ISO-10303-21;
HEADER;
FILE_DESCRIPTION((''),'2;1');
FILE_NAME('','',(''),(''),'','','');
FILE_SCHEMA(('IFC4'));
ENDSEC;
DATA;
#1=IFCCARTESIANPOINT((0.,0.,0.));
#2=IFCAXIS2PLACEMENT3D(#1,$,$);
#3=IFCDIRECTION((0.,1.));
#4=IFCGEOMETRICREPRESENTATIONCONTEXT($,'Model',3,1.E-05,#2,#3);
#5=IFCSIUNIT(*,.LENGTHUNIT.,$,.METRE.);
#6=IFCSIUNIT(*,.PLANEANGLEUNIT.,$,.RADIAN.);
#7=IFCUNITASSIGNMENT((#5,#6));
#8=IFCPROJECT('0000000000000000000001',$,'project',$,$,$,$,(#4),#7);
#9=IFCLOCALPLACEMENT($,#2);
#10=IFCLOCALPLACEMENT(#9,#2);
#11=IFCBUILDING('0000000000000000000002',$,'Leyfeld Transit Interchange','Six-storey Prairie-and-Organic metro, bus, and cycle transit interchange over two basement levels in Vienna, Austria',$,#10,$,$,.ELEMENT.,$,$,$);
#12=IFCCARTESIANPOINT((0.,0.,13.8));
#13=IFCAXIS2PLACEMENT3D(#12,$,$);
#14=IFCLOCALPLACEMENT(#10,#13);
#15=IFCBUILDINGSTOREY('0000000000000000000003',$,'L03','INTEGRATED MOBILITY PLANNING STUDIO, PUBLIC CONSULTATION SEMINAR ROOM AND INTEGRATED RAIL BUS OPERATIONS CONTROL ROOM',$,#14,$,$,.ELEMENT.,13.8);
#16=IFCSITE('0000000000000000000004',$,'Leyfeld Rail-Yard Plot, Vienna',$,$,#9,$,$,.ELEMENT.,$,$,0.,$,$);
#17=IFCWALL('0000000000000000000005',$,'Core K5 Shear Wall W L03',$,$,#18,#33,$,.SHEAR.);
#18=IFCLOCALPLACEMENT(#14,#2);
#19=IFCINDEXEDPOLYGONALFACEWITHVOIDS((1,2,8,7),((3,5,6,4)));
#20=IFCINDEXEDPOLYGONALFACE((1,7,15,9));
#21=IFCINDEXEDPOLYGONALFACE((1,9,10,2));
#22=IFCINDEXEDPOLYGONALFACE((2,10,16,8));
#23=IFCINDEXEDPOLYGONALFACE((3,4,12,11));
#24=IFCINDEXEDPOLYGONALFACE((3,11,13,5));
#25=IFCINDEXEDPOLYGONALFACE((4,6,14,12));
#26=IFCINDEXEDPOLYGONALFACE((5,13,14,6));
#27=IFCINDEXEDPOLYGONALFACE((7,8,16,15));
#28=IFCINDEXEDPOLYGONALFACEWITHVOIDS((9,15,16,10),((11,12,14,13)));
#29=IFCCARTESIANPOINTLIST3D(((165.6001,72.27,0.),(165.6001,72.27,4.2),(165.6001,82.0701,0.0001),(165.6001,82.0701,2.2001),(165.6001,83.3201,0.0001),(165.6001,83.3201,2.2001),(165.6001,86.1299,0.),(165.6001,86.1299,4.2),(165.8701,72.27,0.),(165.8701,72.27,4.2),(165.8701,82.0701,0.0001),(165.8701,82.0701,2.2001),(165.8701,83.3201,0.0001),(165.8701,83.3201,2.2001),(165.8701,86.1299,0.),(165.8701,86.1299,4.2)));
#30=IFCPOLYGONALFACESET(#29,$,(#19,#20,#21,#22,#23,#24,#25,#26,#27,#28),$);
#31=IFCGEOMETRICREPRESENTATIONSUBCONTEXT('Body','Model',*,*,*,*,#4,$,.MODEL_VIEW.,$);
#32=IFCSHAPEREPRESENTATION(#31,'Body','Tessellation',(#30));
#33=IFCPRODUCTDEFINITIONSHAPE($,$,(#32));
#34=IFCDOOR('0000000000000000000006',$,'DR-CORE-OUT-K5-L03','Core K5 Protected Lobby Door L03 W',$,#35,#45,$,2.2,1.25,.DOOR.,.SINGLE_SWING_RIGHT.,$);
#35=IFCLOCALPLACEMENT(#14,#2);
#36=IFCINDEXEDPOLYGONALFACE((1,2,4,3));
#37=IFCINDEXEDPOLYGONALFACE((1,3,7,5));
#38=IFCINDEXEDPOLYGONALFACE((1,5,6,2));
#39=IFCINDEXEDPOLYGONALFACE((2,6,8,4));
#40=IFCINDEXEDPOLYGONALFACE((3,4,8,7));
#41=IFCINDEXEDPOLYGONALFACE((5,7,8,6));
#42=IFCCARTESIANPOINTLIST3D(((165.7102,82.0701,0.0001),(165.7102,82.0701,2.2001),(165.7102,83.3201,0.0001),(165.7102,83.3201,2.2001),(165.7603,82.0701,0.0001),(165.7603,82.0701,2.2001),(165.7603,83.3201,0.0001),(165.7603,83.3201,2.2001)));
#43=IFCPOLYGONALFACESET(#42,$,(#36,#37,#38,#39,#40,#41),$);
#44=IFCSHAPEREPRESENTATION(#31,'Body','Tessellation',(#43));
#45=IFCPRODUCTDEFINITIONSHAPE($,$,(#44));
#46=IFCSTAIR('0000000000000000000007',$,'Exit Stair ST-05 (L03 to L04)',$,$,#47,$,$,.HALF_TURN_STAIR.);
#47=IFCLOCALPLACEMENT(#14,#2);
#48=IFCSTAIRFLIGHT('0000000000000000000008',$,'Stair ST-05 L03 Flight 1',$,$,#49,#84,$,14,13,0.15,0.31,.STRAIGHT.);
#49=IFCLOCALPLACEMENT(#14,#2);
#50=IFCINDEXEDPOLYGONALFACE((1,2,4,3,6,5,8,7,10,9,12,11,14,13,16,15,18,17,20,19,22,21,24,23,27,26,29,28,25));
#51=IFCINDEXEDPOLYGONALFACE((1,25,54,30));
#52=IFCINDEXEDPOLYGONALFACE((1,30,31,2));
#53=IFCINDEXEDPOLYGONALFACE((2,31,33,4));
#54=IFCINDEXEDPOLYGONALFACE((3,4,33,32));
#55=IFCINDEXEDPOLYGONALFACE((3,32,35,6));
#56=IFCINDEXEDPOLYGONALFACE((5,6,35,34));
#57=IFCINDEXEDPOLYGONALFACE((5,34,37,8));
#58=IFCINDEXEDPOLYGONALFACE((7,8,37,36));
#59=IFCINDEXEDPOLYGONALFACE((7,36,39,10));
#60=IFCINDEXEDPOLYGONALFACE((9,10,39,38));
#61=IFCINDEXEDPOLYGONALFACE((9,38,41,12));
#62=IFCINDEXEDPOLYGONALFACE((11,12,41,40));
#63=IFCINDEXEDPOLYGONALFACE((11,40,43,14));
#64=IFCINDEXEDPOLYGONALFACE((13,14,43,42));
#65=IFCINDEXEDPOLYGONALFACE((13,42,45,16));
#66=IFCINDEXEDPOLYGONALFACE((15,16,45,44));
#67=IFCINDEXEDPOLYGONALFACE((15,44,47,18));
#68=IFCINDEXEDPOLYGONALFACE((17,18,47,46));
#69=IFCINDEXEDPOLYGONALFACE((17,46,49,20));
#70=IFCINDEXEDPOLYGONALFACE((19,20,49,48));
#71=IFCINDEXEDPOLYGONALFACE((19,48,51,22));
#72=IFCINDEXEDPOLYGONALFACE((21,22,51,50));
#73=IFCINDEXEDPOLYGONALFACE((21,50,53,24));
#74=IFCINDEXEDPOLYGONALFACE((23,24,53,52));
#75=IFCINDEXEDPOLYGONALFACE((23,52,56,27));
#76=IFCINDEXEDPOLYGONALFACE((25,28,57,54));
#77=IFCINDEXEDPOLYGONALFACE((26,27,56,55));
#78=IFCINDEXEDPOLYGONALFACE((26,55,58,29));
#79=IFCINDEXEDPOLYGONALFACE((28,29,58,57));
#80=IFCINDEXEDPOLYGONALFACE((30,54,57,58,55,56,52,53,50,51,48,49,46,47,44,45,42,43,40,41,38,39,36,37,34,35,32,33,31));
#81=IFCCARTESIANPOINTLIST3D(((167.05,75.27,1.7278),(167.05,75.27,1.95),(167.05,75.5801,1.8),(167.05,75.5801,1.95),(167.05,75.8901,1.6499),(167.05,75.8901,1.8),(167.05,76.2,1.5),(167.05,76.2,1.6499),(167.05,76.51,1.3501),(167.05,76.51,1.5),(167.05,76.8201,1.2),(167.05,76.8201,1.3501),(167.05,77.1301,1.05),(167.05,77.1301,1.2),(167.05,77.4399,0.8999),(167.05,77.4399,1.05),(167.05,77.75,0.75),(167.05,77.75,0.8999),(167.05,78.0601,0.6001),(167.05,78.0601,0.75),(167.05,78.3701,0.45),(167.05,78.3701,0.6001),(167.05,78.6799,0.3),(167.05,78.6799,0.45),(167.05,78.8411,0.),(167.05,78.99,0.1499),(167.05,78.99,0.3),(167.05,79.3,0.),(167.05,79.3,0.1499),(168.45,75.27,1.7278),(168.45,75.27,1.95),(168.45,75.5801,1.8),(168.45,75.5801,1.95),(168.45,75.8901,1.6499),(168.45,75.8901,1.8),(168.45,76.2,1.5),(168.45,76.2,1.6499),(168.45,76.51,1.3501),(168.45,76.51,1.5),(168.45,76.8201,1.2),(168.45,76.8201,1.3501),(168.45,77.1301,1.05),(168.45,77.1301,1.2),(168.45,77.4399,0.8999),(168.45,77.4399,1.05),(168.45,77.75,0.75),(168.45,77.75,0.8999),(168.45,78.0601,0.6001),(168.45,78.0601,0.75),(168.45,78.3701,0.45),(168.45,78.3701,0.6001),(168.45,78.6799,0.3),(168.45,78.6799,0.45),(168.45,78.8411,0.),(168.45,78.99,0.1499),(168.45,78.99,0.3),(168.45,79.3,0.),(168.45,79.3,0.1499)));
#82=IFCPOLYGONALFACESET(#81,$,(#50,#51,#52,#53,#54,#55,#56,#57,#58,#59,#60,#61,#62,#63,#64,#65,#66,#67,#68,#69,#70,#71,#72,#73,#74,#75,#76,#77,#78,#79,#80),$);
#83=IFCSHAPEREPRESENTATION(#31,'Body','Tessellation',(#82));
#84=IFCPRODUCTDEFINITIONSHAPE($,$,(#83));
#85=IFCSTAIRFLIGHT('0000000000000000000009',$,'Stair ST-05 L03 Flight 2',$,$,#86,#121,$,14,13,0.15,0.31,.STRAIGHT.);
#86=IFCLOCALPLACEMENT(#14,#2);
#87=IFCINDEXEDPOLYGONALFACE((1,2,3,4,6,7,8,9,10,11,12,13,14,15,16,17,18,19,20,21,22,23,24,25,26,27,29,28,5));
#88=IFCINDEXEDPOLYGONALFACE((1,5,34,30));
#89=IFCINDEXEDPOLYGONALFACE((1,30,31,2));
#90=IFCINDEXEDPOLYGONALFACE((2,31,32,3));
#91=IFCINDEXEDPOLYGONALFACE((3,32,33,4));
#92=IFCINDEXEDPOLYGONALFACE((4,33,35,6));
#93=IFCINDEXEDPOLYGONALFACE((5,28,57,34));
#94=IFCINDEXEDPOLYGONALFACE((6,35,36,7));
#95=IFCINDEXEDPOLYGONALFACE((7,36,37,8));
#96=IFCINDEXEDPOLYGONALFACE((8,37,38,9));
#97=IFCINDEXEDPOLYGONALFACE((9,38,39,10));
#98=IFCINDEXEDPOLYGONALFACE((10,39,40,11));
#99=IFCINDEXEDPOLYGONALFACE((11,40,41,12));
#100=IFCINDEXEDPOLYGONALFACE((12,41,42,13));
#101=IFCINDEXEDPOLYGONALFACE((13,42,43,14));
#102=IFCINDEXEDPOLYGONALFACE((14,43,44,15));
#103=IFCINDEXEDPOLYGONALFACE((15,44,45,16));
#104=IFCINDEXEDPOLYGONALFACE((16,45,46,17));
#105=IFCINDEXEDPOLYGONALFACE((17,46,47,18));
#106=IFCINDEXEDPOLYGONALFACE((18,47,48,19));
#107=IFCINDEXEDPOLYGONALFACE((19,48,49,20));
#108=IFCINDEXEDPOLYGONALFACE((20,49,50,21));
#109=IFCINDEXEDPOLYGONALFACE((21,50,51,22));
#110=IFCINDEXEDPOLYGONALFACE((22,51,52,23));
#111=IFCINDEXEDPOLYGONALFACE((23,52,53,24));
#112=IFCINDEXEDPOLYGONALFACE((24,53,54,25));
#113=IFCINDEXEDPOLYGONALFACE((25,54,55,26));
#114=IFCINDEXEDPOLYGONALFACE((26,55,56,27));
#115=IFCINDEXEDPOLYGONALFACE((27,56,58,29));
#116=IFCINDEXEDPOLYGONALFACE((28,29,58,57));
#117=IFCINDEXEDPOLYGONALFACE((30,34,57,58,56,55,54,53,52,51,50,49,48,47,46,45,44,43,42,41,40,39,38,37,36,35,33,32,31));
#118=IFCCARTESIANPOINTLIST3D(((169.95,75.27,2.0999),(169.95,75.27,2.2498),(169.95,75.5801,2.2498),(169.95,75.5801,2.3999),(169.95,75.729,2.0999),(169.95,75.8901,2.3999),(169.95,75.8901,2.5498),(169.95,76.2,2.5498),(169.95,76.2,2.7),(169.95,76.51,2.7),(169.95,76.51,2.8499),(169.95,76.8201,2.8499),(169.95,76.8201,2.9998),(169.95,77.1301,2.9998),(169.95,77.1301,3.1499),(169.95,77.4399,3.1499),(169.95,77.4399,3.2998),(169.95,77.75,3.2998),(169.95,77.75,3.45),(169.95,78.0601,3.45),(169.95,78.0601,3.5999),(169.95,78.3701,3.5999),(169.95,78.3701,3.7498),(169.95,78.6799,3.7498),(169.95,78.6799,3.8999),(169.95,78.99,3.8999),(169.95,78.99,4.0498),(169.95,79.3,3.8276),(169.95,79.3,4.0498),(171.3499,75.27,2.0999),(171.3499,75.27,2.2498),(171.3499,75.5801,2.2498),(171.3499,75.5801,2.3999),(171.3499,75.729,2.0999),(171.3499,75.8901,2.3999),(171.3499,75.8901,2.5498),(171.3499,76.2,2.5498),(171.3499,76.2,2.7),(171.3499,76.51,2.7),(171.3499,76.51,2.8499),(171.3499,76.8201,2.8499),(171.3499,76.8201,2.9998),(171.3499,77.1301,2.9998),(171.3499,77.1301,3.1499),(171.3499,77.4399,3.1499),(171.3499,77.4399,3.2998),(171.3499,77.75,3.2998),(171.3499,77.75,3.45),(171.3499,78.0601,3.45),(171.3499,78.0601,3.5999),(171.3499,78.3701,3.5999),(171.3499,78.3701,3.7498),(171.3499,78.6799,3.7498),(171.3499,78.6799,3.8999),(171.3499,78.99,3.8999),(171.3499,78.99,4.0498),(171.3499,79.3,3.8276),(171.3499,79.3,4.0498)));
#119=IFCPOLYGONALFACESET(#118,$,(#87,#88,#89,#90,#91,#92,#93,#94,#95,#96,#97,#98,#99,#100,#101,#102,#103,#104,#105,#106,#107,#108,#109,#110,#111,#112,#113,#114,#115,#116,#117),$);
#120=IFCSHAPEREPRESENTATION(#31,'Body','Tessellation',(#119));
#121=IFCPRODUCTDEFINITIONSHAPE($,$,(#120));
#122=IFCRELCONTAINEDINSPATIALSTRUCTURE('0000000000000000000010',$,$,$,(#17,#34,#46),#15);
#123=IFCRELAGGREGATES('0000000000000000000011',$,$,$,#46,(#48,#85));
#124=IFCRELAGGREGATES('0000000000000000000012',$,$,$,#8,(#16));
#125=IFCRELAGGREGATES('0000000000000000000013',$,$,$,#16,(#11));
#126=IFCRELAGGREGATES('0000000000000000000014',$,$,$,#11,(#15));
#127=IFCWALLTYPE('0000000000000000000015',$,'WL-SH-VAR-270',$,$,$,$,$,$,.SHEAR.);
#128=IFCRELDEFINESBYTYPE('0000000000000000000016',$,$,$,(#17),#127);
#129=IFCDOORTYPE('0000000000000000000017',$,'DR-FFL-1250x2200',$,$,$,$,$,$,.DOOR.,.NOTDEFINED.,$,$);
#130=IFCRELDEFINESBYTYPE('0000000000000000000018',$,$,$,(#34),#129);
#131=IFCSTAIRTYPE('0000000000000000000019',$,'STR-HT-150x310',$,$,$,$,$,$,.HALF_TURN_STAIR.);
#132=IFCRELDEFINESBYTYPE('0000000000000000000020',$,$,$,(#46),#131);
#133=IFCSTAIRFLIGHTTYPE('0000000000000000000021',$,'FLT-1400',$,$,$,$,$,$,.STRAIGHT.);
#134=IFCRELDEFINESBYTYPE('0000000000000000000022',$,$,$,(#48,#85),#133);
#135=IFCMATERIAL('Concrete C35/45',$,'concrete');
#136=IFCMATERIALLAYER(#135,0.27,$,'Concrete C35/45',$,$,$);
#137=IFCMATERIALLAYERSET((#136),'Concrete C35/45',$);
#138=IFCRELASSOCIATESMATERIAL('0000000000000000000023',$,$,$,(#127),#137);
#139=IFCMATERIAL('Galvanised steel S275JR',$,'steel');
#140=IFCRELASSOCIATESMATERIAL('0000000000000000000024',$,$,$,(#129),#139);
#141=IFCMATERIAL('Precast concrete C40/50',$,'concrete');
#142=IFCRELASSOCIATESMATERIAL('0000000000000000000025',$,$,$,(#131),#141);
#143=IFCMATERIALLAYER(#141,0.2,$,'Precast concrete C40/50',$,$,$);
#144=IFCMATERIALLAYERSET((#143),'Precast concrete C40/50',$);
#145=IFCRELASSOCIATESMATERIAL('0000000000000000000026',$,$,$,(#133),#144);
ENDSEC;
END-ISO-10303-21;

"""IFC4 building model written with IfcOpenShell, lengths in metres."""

from ifc_helpers import new_model, si_unit, direction, frame, frame_2d, origin, place, context, subcontext, project, spatial, polyline, rectangle, outline, extrude, material, layer, layer_set, type_object, element, fill, aggregate, save


model = new_model("IFC4")

# Units and contexts
model_context = context("Model", 3, precision=1e-05, world=origin(), true_north=direction((0.0, 1.0)))
body_context = subcontext(model_context, "Body", "Model", "MODEL_VIEW")
ifc_project = project(units=[si_unit("LENGTHUNIT", "METRE"), si_unit("PLANEANGLEUNIT", "RADIAN")], contexts=[model_context])

# Site, building, storey
site_placement = place(None, origin())
site = spatial("IfcSite", under=ifc_project, at=site_placement, Name="Leyfeld Rail-Yard Plot, Vienna", CompositionType="ELEMENT", RefElevation=0.0)
building_placement = place(site_placement, origin())
building = spatial("IfcBuilding", under=site, at=building_placement, Name="Leyfeld Transit Interchange", Description="Six-storey Prairie-and-Organic metro, bus, and cycle transit interchange over two basement levels in Vienna, Austria", CompositionType="ELEMENT")
storey_placement = place(building_placement, frame((0.0, 0.0, 13.8)))
storey = spatial("IfcBuildingStorey", under=building, at=storey_placement, Name="L03", Description="INTEGRATED MOBILITY PLANNING STUDIO, PUBLIC CONSULTATION SEMINAR ROOM AND INTEGRATED RAIL BUS OPERATIONS CONTROL ROOM", CompositionType="ELEMENT", Elevation=13.8)

# Shared definitions
ifc_material_1 = material(Name="Concrete C35/45", Category="concrete")

# Shared definitions
ifc_material_2 = material(Name="Galvanised steel S275JR", Category="steel")

# Shared definitions
ifc_layer_1 = layer(ifc_material_1, 0.27, Name="Concrete C35/45")
ifc_layer_set_1 = layer_set([ifc_layer_1], Name="Concrete C35/45")
wall_type_1 = type_object("IfcWallType", Name="WL-SH-VAR-270", PredefinedType="SHEAR", material=ifc_layer_set_1)

# Wall, opening, door
wall_1_placement = place(storey_placement, frame((165.7351, 72.27, 0.0), z_axis=(0.0, 0.0, 1.0), x_axis=(0.0, 1.0, 0.0)))
wall_1 = element("IfcWall", 1, at=wall_1_placement, inside=storey, type_object=wall_type_1, Name="Core K5 Shear Wall W L03", PredefinedType="SHEAR", context=body_context, shape_type="SweptSolid", body=[
    extrude(rectangle(XDim=13.8599, YDim=0.27, at=frame_2d((6.9299, 0.0))), origin(), (0.0, 0.0, 1.0), 4.2),
])
opening_1_placement = place(wall_1_placement, frame((9.8, 0.0, 0.0)))
opening_1 = element("IfcOpeningElement", 2, at=opening_1_placement, cuts=wall_1, PredefinedType="OPENING", context=body_context, shape_type="SweptSolid", body=[
    extrude(rectangle(XDim=1.25, YDim=2.2, at=frame_2d((0.625, 1.1001))), frame((0.0, 0.145, 0.0), z_axis=(0.0, -1.0, 0.0), x_axis=(1.0, 0.0, 0.0)), (0.0, 0.0, 1.0), 0.29),
])
door_type_1 = type_object("IfcDoorType", Name="DR-FFL-1250x2200", OperationType="NOTDEFINED", PredefinedType="DOOR", material=ifc_material_2)
door_1_placement = place(opening_1_placement, origin())
door_1 = element("IfcDoor", 3, at=door_1_placement, inside=storey, type_object=door_type_1, Name="DR-CORE-OUT-K5-L03", Description="Core K5 Protected Lobby Door L03 W", OperationType="SINGLE_SWING_RIGHT", OverallHeight=2.2, OverallWidth=1.25, PredefinedType="DOOR", context=body_context, shape_type="SweptSolid", body=[
    extrude(rectangle(XDim=1.25, YDim=2.2, at=frame_2d((0.625, 1.1001))), frame((0.0, 0.0249, 0.0), z_axis=(0.0, -1.0, 0.0), x_axis=(1.0, 0.0, 0.0)), (0.0, 0.0, 1.0), 0.05),
])
fill(opening_1, door_1)

# Stair, stair flights
ifc_material_3 = material(Name="Precast concrete C40/50", Category="concrete")
stair_type = type_object("IfcStairType", Name="STR-HT-150x310", PredefinedType="HALF_TURN_STAIR", material=ifc_material_3)
stair_placement = place(storey_placement, origin())
stair = element("IfcStair", 4, at=stair_placement, inside=storey, type_object=stair_type, Name="Exit Stair ST-05 (L03 to L04)", PredefinedType="HALF_TURN_STAIR")
ifc_layer_2 = layer(ifc_material_3, 0.2, Name="Precast concrete C40/50")
ifc_layer_set_2 = layer_set([ifc_layer_2], Name="Precast concrete C40/50")
stair_flight_type = type_object("IfcStairFlightType", Name="FLT-1400", PredefinedType="STRAIGHT", material=ifc_layer_set_2)
stair_flight_1_placement = place(storey_placement, frame((167.75, 79.3, 0.0), z_axis=(0.0, 0.0, 1.0), x_axis=(0.0, -1.0, 0.0)))
stair_flight_1 = element("IfcStairFlight", 5, at=stair_flight_1_placement, type_object=stair_flight_type, Name="Stair ST-05 L03 Flight 1", NumberOfRisers=14, NumberOfTreads=13, PredefinedType="STRAIGHT", RiserHeight=0.15, TreadLength=0.31, context=body_context, shape_type="SweptSolid", body=[
    extrude(outline(polyline([(0.0, 0.0), (0.0, 0.1499), (0.3101, 0.1499), (0.3101, 0.3), (0.6201, 0.3), (0.6201, 0.45), (0.9299, 0.45), (0.9299, 0.6001), (1.24, 0.6001), (1.24, 0.75), (1.55, 0.75), (1.55, 0.8999), (1.8601, 0.8999), (1.8601, 1.05), (2.1699, 1.05), (2.1699, 1.2), (2.48, 1.2), (2.48, 1.3501), (2.79, 1.3501), (2.79, 1.5), (3.1001, 1.5), (3.1001, 1.6499), (3.4099, 1.6499), (3.4099, 1.8), (3.72, 1.8), (3.72, 1.95), (4.03, 1.95), (4.03, 2.1001), (4.03, 1.7278), (0.459, 0.0), (0.0, 0.0)])), frame((0.0, 0.7, 0.0), z_axis=(0.0, -1.0, 0.0), x_axis=(1.0, 0.0, 0.0)), (0.0, 0.0, 1.0), 1.3999),
])
stair_flight_2_placement = place(storey_placement, frame((170.6499, 75.27, 2.0999), z_axis=(0.0, 0.0, 1.0), x_axis=(0.0, 1.0, 0.0)))
stair_flight_2 = element("IfcStairFlight", 6, at=stair_flight_2_placement, type_object=stair_flight_type, Name="Stair ST-05 L03 Flight 2", NumberOfRisers=14, NumberOfTreads=13, PredefinedType="STRAIGHT", RiserHeight=0.15, TreadLength=0.31, context=body_context, shape_type="SweptSolid", body=[
    extrude(outline(polyline([(0.0, 0.0), (0.0, 0.1499), (0.3101, 0.1499), (0.3101, 0.3), (0.6201, 0.3), (0.6201, 0.45), (0.9299, 0.45), (0.9299, 0.6001), (1.24, 0.6001), (1.24, 0.75), (1.55, 0.75), (1.55, 0.8999), (1.8601, 0.8999), (1.8601, 1.05), (2.1699, 1.05), (2.1699, 1.2), (2.48, 1.2), (2.48, 1.3501), (2.79, 1.3501), (2.79, 1.5), (3.1001, 1.5), (3.1001, 1.6499), (3.4099, 1.6499), (3.4099, 1.8), (3.72, 1.8), (3.72, 1.95), (4.03, 1.95), (4.03, 2.1001), (4.03, 1.7278), (0.459, 0.0), (0.0, 0.0)])), frame((0.0, 0.7, 0.0), z_axis=(0.0, -1.0, 0.0), x_axis=(1.0, 0.0, 0.0)), (0.0, 0.0, 1.0), 1.3999),
])
aggregate(stair, [stair_flight_1, stair_flight_2])

save(model, "model.ifc")
